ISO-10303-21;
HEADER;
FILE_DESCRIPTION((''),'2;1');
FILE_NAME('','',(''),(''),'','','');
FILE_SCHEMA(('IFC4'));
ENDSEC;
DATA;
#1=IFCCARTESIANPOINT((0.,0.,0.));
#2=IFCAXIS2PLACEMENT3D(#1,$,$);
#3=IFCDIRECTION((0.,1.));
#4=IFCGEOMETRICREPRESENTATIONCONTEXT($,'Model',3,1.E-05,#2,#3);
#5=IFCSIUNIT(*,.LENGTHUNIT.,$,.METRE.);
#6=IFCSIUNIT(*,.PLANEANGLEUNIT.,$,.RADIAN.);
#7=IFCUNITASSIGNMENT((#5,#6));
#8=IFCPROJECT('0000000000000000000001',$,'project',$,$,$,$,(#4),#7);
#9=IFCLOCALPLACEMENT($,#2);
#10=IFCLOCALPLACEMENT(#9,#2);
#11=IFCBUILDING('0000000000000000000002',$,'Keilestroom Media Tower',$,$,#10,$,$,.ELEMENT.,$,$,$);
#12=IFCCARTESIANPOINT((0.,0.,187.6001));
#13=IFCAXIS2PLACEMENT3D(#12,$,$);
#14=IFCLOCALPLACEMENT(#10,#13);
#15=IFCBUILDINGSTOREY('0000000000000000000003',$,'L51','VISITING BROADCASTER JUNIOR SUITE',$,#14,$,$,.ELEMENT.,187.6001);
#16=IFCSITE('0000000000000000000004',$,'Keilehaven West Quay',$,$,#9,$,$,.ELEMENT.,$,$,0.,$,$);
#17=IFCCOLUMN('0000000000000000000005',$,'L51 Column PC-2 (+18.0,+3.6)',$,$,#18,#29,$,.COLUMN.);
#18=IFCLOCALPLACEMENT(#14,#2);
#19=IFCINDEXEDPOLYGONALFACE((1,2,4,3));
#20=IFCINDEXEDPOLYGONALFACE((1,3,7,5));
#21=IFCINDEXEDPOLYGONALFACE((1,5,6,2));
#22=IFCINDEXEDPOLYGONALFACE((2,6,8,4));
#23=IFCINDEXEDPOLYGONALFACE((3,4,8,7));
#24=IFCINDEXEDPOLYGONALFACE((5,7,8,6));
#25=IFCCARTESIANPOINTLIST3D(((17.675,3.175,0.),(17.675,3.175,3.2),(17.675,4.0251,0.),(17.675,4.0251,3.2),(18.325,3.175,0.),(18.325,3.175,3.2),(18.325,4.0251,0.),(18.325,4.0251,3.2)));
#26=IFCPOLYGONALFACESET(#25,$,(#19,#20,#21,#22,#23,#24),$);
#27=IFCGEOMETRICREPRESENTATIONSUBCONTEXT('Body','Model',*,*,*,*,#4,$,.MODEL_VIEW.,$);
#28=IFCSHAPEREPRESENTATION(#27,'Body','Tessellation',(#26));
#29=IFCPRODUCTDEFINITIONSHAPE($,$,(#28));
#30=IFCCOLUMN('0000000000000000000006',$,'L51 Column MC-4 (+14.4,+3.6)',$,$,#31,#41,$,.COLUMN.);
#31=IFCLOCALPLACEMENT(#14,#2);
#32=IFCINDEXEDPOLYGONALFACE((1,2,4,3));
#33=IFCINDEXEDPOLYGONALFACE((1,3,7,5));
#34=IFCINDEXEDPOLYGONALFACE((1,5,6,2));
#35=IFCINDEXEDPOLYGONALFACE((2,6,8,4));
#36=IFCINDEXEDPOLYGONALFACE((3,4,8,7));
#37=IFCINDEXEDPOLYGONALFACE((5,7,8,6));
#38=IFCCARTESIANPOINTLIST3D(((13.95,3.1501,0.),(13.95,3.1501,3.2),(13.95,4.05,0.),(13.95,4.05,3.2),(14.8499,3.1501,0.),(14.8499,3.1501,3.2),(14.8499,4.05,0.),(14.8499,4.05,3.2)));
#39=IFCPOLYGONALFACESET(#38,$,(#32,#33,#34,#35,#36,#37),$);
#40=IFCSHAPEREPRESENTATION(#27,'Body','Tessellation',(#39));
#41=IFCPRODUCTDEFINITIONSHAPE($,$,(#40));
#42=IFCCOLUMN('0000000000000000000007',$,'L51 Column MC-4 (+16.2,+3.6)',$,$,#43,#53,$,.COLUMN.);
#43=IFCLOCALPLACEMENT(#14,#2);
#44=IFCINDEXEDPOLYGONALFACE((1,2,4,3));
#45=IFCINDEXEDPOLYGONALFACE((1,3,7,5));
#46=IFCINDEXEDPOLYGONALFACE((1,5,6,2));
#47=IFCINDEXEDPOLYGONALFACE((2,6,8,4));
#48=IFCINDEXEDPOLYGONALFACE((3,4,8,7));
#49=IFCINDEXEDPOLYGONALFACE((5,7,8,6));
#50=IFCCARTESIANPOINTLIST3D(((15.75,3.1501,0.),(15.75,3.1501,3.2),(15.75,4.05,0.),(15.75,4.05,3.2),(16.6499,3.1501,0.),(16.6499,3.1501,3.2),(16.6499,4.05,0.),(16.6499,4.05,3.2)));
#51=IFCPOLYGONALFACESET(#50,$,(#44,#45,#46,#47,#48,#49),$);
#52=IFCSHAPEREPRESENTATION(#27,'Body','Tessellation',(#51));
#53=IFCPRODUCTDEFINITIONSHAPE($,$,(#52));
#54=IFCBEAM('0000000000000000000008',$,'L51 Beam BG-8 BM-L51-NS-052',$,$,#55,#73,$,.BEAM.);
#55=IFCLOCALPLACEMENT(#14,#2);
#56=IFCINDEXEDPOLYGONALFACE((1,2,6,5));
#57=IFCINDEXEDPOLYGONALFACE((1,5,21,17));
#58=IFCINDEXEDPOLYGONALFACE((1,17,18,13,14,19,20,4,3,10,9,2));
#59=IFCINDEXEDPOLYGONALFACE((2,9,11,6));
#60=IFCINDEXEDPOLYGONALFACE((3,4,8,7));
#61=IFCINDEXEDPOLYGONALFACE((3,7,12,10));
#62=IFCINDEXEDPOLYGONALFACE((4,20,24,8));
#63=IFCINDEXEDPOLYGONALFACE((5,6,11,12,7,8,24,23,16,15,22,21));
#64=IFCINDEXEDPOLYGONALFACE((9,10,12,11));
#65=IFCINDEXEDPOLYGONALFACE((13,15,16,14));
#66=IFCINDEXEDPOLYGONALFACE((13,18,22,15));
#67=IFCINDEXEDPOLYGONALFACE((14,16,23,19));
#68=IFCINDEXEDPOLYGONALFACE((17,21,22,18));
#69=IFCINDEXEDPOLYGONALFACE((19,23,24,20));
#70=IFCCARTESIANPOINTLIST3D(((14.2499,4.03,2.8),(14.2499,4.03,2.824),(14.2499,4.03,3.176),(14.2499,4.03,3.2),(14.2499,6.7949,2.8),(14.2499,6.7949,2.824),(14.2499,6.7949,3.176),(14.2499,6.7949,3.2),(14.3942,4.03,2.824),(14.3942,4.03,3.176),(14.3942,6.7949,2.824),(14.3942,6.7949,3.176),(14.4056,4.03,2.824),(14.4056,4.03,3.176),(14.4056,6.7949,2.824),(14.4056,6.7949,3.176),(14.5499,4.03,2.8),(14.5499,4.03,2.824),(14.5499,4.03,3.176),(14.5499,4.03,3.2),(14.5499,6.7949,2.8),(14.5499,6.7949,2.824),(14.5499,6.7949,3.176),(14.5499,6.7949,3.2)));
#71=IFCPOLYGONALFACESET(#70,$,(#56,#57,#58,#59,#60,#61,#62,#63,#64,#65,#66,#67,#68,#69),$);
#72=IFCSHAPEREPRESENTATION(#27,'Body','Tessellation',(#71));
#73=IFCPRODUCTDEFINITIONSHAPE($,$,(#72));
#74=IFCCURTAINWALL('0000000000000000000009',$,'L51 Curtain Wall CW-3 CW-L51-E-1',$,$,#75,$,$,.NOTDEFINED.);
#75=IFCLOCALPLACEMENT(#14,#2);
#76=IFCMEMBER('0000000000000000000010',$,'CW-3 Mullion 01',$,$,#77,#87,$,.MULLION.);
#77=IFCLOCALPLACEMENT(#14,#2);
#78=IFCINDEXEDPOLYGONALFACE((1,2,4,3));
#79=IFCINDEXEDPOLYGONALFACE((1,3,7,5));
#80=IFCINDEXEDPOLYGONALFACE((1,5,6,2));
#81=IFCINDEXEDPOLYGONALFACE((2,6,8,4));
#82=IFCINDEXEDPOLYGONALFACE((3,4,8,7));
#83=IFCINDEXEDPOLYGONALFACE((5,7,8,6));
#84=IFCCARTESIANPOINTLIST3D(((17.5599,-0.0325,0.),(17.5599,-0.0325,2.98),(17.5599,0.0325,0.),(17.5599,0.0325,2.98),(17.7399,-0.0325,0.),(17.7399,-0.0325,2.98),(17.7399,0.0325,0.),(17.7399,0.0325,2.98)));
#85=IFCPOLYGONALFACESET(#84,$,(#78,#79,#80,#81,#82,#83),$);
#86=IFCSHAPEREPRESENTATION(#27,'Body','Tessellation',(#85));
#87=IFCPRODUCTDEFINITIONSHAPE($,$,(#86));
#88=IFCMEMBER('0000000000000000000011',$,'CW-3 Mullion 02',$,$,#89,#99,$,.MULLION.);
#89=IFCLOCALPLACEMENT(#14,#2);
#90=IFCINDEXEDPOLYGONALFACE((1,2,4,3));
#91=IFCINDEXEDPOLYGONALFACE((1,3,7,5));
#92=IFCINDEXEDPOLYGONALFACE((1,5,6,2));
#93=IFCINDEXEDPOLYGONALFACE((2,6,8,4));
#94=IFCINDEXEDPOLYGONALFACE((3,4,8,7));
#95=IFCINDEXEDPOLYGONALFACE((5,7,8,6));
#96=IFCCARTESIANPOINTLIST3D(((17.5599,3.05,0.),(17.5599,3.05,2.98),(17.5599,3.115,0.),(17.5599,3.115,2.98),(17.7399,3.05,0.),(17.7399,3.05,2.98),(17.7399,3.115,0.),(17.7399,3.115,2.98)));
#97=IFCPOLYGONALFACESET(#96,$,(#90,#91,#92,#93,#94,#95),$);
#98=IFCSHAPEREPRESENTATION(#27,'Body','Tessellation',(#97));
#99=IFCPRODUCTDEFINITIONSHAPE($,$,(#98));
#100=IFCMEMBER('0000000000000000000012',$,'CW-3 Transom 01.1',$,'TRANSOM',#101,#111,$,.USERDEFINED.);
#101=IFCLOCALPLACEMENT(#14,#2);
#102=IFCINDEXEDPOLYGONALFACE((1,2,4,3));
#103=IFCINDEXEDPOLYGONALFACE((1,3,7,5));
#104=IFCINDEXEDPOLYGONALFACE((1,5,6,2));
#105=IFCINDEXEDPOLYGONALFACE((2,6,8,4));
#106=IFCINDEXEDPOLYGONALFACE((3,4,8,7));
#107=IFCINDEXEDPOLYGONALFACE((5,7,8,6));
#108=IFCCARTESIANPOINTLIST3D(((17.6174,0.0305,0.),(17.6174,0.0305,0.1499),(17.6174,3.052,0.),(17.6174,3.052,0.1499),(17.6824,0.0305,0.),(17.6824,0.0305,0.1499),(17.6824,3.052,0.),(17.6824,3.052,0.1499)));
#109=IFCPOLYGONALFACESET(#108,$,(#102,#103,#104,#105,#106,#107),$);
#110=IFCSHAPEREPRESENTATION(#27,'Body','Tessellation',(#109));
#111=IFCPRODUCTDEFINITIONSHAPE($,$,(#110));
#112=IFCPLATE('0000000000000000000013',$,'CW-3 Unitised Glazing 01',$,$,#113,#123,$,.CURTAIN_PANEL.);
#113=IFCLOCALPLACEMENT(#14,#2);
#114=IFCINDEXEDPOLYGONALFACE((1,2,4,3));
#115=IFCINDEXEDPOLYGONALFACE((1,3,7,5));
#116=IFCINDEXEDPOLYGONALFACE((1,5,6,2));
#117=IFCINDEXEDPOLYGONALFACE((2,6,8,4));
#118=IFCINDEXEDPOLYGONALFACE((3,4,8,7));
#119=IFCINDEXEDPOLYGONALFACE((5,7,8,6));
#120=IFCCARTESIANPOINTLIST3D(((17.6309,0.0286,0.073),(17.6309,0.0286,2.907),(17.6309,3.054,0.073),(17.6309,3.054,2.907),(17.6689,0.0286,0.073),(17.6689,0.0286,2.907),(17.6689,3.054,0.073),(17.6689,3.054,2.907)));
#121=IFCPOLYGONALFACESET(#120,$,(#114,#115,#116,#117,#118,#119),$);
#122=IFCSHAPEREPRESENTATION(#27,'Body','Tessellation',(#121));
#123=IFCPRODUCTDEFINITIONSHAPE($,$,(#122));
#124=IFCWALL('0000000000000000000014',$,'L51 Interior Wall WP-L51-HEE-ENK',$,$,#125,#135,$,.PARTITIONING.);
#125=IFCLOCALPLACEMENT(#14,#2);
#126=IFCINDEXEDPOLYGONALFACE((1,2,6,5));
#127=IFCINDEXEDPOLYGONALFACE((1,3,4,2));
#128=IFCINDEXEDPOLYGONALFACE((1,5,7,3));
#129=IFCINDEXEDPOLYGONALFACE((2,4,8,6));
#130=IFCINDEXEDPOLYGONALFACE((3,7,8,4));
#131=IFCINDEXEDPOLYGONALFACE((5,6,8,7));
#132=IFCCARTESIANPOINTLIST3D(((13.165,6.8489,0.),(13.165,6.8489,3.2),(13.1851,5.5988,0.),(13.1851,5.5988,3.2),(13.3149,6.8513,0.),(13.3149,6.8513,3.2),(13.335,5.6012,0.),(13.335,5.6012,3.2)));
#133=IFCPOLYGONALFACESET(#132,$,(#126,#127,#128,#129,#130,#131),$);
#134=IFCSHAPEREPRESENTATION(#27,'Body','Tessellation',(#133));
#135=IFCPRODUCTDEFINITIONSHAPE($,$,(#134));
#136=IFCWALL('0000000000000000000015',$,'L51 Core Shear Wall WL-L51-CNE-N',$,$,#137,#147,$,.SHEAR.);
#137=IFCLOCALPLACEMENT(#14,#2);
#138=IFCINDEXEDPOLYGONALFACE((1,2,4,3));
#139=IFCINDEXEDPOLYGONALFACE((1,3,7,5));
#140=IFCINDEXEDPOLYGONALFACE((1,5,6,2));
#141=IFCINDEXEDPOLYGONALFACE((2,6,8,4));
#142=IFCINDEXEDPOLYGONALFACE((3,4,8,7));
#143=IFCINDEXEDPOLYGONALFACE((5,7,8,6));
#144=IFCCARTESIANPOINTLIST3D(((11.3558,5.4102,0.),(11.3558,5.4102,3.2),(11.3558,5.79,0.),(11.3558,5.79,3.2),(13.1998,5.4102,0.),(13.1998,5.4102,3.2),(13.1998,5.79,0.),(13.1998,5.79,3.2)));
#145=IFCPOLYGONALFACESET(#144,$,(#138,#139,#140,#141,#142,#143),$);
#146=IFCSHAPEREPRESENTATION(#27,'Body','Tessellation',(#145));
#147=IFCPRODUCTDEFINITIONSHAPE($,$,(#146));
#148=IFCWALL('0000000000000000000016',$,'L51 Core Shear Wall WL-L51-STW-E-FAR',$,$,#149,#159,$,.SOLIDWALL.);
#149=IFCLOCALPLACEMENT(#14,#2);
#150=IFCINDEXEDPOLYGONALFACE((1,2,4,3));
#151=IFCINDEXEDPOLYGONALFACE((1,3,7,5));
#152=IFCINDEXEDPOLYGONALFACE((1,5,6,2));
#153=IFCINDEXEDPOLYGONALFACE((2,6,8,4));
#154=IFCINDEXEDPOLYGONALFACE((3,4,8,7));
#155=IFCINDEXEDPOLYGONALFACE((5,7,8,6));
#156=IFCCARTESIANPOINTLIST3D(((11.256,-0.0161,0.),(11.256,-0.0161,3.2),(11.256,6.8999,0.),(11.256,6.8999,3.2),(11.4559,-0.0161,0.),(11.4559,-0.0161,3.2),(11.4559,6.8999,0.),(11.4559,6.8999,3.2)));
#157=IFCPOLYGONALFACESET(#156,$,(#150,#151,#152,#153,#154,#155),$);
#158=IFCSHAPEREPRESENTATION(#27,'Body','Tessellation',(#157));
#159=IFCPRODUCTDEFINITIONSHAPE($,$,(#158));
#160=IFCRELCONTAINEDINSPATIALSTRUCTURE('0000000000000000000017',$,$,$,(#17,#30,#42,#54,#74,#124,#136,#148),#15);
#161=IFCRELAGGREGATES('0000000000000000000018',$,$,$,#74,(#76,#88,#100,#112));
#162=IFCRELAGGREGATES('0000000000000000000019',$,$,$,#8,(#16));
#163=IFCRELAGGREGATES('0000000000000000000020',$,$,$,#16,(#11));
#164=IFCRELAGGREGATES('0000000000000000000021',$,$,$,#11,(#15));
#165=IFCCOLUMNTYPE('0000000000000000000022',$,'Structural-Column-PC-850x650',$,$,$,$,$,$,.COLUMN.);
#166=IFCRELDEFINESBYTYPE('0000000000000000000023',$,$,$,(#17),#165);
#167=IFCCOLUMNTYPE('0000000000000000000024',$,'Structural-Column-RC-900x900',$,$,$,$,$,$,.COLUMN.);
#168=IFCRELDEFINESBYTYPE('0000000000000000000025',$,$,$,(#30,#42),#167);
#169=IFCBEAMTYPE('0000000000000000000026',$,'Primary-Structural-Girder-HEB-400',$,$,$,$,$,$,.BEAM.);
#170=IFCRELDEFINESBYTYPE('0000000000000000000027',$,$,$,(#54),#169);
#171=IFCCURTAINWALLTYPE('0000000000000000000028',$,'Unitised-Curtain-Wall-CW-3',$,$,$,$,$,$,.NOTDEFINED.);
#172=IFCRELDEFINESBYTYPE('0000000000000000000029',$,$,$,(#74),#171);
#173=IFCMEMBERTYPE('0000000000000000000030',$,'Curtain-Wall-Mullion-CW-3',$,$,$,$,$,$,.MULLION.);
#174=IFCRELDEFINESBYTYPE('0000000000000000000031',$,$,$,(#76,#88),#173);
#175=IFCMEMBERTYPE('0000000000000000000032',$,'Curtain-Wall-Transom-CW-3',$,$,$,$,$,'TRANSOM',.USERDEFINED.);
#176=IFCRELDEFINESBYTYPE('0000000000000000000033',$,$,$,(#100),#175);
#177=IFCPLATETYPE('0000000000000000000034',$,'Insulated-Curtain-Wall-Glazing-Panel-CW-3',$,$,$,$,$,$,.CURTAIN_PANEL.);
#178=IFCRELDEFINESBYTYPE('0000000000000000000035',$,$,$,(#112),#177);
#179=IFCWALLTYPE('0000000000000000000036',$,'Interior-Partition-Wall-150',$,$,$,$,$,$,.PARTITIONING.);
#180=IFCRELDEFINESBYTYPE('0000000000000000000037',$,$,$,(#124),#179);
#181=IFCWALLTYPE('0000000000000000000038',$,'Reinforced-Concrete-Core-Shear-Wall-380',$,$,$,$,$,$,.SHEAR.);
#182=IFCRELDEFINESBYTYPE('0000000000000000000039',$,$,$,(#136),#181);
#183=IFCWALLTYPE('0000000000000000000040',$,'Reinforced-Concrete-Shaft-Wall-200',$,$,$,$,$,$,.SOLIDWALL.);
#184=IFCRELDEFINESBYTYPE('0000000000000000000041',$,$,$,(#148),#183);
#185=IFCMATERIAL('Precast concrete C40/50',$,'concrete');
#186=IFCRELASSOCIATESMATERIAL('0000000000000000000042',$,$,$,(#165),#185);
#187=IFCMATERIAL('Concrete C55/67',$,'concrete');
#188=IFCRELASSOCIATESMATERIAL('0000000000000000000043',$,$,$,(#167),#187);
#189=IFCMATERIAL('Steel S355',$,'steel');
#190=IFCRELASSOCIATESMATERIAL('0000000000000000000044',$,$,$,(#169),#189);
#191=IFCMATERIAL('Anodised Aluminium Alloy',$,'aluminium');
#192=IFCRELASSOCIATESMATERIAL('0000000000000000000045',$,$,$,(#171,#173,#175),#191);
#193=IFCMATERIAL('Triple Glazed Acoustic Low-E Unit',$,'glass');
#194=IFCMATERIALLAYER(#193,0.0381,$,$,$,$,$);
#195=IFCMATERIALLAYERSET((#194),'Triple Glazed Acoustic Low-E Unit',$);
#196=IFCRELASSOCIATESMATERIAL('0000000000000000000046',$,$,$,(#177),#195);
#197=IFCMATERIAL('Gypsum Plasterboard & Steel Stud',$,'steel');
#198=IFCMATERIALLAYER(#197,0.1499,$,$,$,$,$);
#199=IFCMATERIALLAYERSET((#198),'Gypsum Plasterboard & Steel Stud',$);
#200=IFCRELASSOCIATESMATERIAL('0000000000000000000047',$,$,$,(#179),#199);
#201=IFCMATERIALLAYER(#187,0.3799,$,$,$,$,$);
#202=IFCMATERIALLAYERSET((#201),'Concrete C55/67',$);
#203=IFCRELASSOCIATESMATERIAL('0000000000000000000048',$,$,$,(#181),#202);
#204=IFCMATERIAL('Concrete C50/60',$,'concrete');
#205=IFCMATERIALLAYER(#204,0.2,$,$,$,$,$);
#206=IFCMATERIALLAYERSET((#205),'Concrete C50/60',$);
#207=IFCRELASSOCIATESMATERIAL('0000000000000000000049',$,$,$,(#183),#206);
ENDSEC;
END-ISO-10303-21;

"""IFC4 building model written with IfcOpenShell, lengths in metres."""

from ifc_helpers import new_model, si_unit, direction, frame, frame_2d, origin, origin_2d, place, context, subcontext, project, spatial, rectangle, i_section, extrude, source, transform, mapped, material, layer, layer_set, material_profile, profile_set, type_object, element, aggregate, save


model = new_model("IFC4")

# Units and contexts
model_context = context("Model", 3, precision=1e-05, world=origin(), true_north=direction((0.0, 1.0)))
body_context = subcontext(model_context, "Body", "Model", "MODEL_VIEW")
ifc_project = project(units=[si_unit("LENGTHUNIT", "METRE"), si_unit("PLANEANGLEUNIT", "RADIAN")], contexts=[model_context])

# Site, building, storey
site_placement = place(None, origin())
site = spatial("IfcSite", under=ifc_project, at=site_placement, Name="Keilehaven West Quay", CompositionType="ELEMENT", RefElevation=0.0)
building_placement = place(site_placement, origin())
building = spatial("IfcBuilding", under=site, at=building_placement, Name="Keilestroom Media Tower", CompositionType="ELEMENT")
storey_placement = place(building_placement, frame((0.0, 0.0, 187.6001)))
storey = spatial("IfcBuildingStorey", under=building, at=storey_placement, Name="L51", Description="VISITING BROADCASTER JUNIOR SUITE", CompositionType="ELEMENT", Elevation=187.6001)

# Columns
ifc_material_1 = material(Name="Precast concrete C40/50", Category="concrete")
ifc_material_profile_1 = material_profile(ifc_material_1, rectangle(XDim=0.6499, YDim=0.8501, at=origin_2d()), Name="PC 850x650")
ifc_profile_set_1 = profile_set([ifc_material_profile_1], Name="Precast concrete C40/50")
column_type_1 = type_object("IfcColumnType", Name="Structural-Column-PC-850x650", PredefinedType="COLUMN", material=ifc_profile_set_1)
shared_shape_1 = source(origin(), body_context, "Body", "SweptSolid", [
    extrude(rectangle(XDim=0.6499, YDim=0.8501, at=origin_2d()), origin(), (0.0, 0.0, 1.0), 3.2),
])
column_placement = place(storey_placement, frame((18.0, 3.6001, 0.0), z_axis=(0.0, 0.0, 1.0), x_axis=(1.0, 0.0, 0.0)))
element("IfcColumn", 1, at=column_placement, inside=storey, type_object=column_type_1, Name="L51 Column PC-2 (+18.0,+3.6)", PredefinedType="COLUMN", context=body_context, shape_type="MappedRepresentation", body=[
    mapped(shared_shape_1, transform((0.0, 0.0, 0.0), x_axis=(1.0, 0.0, 0.0), y_axis=(0.0, 1.0, 0.0), z_axis=(0.0, 0.0, 1.0), scale=1.0)),
])
ifc_material_2 = material(Name="Concrete C55/67", Category="concrete")
ifc_material_profile_2 = material_profile(ifc_material_2, rectangle(XDim=0.8999, YDim=0.8999, at=origin_2d()), Name="RC 900x900")
ifc_profile_set_2 = profile_set([ifc_material_profile_2], Name="Concrete C55/67")
column_type_2 = type_object("IfcColumnType", Name="Structural-Column-RC-900x900", PredefinedType="COLUMN", material=ifc_profile_set_2)
shared_shape_2 = source(origin(), body_context, "Body", "SweptSolid", [
    extrude(rectangle(XDim=0.8999, YDim=0.8999, at=origin_2d()), origin(), (0.0, 0.0, 1.0), 3.2),
])
for number, where, z_axis, x_axis, name in (
    (2, (14.3999, 3.6001, 0.0), (0.0, 0.0, 1.0), (1.0, 0.0, 0.0), "L51 Column MC-4 (+14.4,+3.6)"),
    (3, (16.2, 3.6001, 0.0), (0.0, 0.0, 1.0), (1.0, 0.0, 0.0), "L51 Column MC-4 (+16.2,+3.6)"),
):
    element("IfcColumn", number, at=place(storey_placement, frame(where, z_axis=z_axis, x_axis=x_axis)), inside=storey, type_object=column_type_2, Name=name, PredefinedType="COLUMN", context=body_context, shape_type="MappedRepresentation", body=[
        mapped(shared_shape_2, transform((0.0, 0.0, 0.0), x_axis=(1.0, 0.0, 0.0), y_axis=(0.0, 1.0, 0.0), z_axis=(0.0, 0.0, 1.0), scale=1.0)),
    ])

# Beam
ifc_material_3 = material(Name="Steel S355", Category="steel")
ifc_material_profile_3 = material_profile(ifc_material_3, i_section(OverallWidth=0.3, OverallDepth=0.3999, WebThickness=0.0115, FlangeThickness=0.0239, at=origin_2d()), Name="HEB 400")
ifc_profile_set_3 = profile_set([ifc_material_profile_3], Name="Steel S355")
beam_type = type_object("IfcBeamType", Name="Primary-Structural-Girder-HEB-400", PredefinedType="BEAM", material=ifc_profile_set_3)
shared_shape_3 = source(origin(), body_context, "Body", "SweptSolid", [
    extrude(i_section(OverallWidth=0.3, OverallDepth=0.3999, WebThickness=0.0115, FlangeThickness=0.0239, at=origin_2d()), origin(), (0.0, 0.0, 1.0), 2.7649),
])
beam_placement = place(storey_placement, frame((14.3999, 4.03, 3.0), z_axis=(0.0, 1.0, 0.0), x_axis=(-1.0, 0.0, 0.0)))
element("IfcBeam", 4, at=beam_placement, inside=storey, type_object=beam_type, Name="L51 Beam BG-8 BM-L51-NS-052", PredefinedType="BEAM", context=body_context, shape_type="MappedRepresentation", body=[
    mapped(shared_shape_3, transform((0.0, 0.0, 0.0), x_axis=(1.0, 0.0, 0.0), y_axis=(0.0, 1.0, 0.0), z_axis=(0.0, 0.0, 1.0), scale=1.0)),
])

# Curtain wall, members, plate
ifc_material_4 = material(Name="Anodised Aluminium Alloy", Category="aluminium")
curtain_wall_type = type_object("IfcCurtainWallType", Name="Unitised-Curtain-Wall-CW-3", PredefinedType="NOTDEFINED", material=ifc_material_4)
curtain_wall_placement = place(storey_placement, origin())
curtain_wall = element("IfcCurtainWall", 5, at=curtain_wall_placement, inside=storey, type_object=curtain_wall_type, Name="L51 Curtain Wall CW-3 CW-L51-E-1", PredefinedType="NOTDEFINED")
ifc_material_profile_4 = material_profile(ifc_material_4, rectangle(XDim=0.0649, YDim=0.1799, at=origin_2d()), Name="ALU MULLION 65x180")
ifc_profile_set_4 = profile_set([ifc_material_profile_4], Name="Anodised Aluminium Alloy")
member_type_1 = type_object("IfcMemberType", Name="Curtain-Wall-Mullion-CW-3", PredefinedType="MULLION", material=ifc_profile_set_4)
shared_shape_4 = source(origin(), body_context, "Body", "SweptSolid", [
    extrude(rectangle(XDim=0.0649, YDim=0.1799, at=origin_2d()), origin(), (0.0, 0.0, 1.0), 2.98),
])
member_1_placement = place(storey_placement, frame((17.6499, 0.0, 0.0), z_axis=(0.0, 0.0, 1.0), x_axis=(0.0, 1.0, 0.0)))
member_1 = element("IfcMember", 6, at=member_1_placement, type_object=member_type_1, Name="CW-3 Mullion 01", PredefinedType="MULLION", context=body_context, shape_type="MappedRepresentation", body=[
    mapped(shared_shape_4, transform((0.0, 0.0, 0.0), x_axis=(1.0, 0.0, 0.0), y_axis=(0.0, 1.0, 0.0), z_axis=(0.0, 0.0, 1.0), scale=1.0)),
])
member_2_placement = place(storey_placement, frame((17.6499, 3.0825, 0.0), z_axis=(0.0, 0.0, 1.0), x_axis=(0.0, 1.0, 0.0)))
member_2 = element("IfcMember", 7, at=member_2_placement, type_object=member_type_1, Name="CW-3 Mullion 02", PredefinedType="MULLION", context=body_context, shape_type="MappedRepresentation", body=[
    mapped(shared_shape_4, transform((0.0, 0.0, 0.0), x_axis=(1.0, 0.0, 0.0), y_axis=(0.0, 1.0, 0.0), z_axis=(0.0, 0.0, 1.0), scale=1.0)),
])
ifc_material_profile_5 = material_profile(ifc_material_4, rectangle(XDim=0.0649, YDim=0.1499, at=origin_2d()), Name="ALU TRANSOM 65x150")
ifc_profile_set_5 = profile_set([ifc_material_profile_5], Name="Anodised Aluminium Alloy")
member_type_2 = type_object("IfcMemberType", Name="Curtain-Wall-Transom-CW-3", ElementType="TRANSOM", PredefinedType="USERDEFINED", material=ifc_profile_set_5)
shared_shape_5 = source(origin(), body_context, "Body", "SweptSolid", [
    extrude(rectangle(XDim=0.0649, YDim=0.1499, at=origin_2d()), origin(), (0.0, 0.0, 1.0), 3.0215),
])
member_3_placement = place(storey_placement, frame((17.6499, 0.0305, 0.075), z_axis=(0.0, 1.0, 0.0), x_axis=(-1.0, 0.0, 0.0)))
member_3 = element("IfcMember", 8, at=member_3_placement, type_object=member_type_2, Name="CW-3 Transom 01.1", ObjectType="TRANSOM", PredefinedType="USERDEFINED", context=body_context, shape_type="MappedRepresentation", body=[
    mapped(shared_shape_5, transform((0.0, 0.0, 0.0), x_axis=(1.0, 0.0, 0.0), y_axis=(0.0, 1.0, 0.0), z_axis=(0.0, 0.0, 1.0), scale=1.0)),
])
ifc_material_5 = material(Name="Triple Glazed Acoustic Low-E Unit", Category="glass")
ifc_layer_1 = layer(ifc_material_5, 0.0381)
ifc_layer_set_1 = layer_set([ifc_layer_1], Name="Triple Glazed Acoustic Low-E Unit")
plate_type = type_object("IfcPlateType", Name="Insulated-Curtain-Wall-Glazing-Panel-CW-3", PredefinedType="CURTAIN_PANEL", material=ifc_layer_set_1)
shared_shape_6 = source(origin(), body_context, "Body", "SweptSolid", [
    extrude(rectangle(XDim=3.0254, YDim=0.0381, at=origin_2d()), origin(), (0.0, 0.0, 1.0), 2.834),
])
plate_placement = place(storey_placement, frame((17.6499, 1.5413, 0.073), z_axis=(0.0, 0.0, 1.0), x_axis=(0.0, 1.0, 0.0)))
plate = element("IfcPlate", 9, at=plate_placement, type_object=plate_type, Name="CW-3 Unitised Glazing 01", PredefinedType="CURTAIN_PANEL", context=body_context, shape_type="MappedRepresentation", body=[
    mapped(shared_shape_6, transform((0.0, 0.0, 0.0), x_axis=(1.0, 0.0, 0.0), y_axis=(0.0, 1.0, 0.0), z_axis=(0.0, 0.0, 1.0), scale=1.0)),
])
aggregate(curtain_wall, [member_1, member_2, member_3, plate])

# Walls
ifc_material_6 = material(Name="Gypsum Plasterboard & Steel Stud", Category="steel")
ifc_layer_2 = layer(ifc_material_6, 0.1499)
ifc_layer_set_2 = layer_set([ifc_layer_2], Name="Gypsum Plasterboard & Steel Stud")
wall_type_1 = type_object("IfcWallType", Name="Interior-Partition-Wall-150", PredefinedType="PARTITIONING", material=ifc_layer_set_2)
wall_1_placement = place(storey_placement, frame((13.26, 5.6001, 0.0), z_axis=(0.0, 0.0, 1.0), x_axis=(-0.016014, 0.999872, 0.0)))
element("IfcWall", 10, at=wall_1_placement, inside=storey, type_object=wall_type_1, Name="L51 Interior Wall WP-L51-HEE-ENK", PredefinedType="PARTITIONING", context=body_context, shape_type="SweptSolid", body=[
    extrude(rectangle(XDim=1.2502, YDim=0.1499, at=frame_2d((0.625, 0.0))), origin(), (0.0, 0.0, 1.0), 3.2),
])
ifc_layer_3 = layer(ifc_material_2, 0.3799)
ifc_layer_set_3 = layer_set([ifc_layer_3], Name="Concrete C55/67")
wall_type_2 = type_object("IfcWallType", Name="Reinforced-Concrete-Core-Shear-Wall-380", PredefinedType="SHEAR", material=ifc_layer_set_3)
wall_2_placement = place(storey_placement, frame((11.356, 5.6001, 0.0), z_axis=(0.0, 0.0, 1.0), x_axis=(1.0, 0.0, 0.0)))
element("IfcWall", 11, at=wall_2_placement, inside=storey, type_object=wall_type_2, Name="L51 Core Shear Wall WL-L51-CNE-N", PredefinedType="SHEAR", context=body_context, shape_type="SweptSolid", body=[
    extrude(rectangle(XDim=1.844, YDim=0.3799, at=frame_2d((0.9219, 0.0))), origin(), (0.0, 0.0, 1.0), 3.2),
])
ifc_material_7 = material(Name="Concrete C50/60", Category="concrete")
ifc_layer_4 = layer(ifc_material_7, 0.2)
ifc_layer_set_4 = layer_set([ifc_layer_4], Name="Concrete C50/60")
wall_type_3 = type_object("IfcWallType", Name="Reinforced-Concrete-Shaft-Wall-200", PredefinedType="SOLIDWALL", material=ifc_layer_set_4)
wall_3_placement = place(storey_placement, frame((11.356, -0.0161, 0.0), z_axis=(0.0, 0.0, 1.0), x_axis=(0.0, 1.0, 0.0)))
element("IfcWall", 12, at=wall_3_placement, inside=storey, type_object=wall_type_3, Name="L51 Core Shear Wall WL-L51-STW-E-FAR", PredefinedType="SOLIDWALL", context=body_context, shape_type="SweptSolid", body=[
    extrude(rectangle(XDim=6.916, YDim=0.2, at=frame_2d((3.458, 0.0))), origin(), (0.0, 0.0, 1.0), 3.2),
])

save(model, "model.ifc")
